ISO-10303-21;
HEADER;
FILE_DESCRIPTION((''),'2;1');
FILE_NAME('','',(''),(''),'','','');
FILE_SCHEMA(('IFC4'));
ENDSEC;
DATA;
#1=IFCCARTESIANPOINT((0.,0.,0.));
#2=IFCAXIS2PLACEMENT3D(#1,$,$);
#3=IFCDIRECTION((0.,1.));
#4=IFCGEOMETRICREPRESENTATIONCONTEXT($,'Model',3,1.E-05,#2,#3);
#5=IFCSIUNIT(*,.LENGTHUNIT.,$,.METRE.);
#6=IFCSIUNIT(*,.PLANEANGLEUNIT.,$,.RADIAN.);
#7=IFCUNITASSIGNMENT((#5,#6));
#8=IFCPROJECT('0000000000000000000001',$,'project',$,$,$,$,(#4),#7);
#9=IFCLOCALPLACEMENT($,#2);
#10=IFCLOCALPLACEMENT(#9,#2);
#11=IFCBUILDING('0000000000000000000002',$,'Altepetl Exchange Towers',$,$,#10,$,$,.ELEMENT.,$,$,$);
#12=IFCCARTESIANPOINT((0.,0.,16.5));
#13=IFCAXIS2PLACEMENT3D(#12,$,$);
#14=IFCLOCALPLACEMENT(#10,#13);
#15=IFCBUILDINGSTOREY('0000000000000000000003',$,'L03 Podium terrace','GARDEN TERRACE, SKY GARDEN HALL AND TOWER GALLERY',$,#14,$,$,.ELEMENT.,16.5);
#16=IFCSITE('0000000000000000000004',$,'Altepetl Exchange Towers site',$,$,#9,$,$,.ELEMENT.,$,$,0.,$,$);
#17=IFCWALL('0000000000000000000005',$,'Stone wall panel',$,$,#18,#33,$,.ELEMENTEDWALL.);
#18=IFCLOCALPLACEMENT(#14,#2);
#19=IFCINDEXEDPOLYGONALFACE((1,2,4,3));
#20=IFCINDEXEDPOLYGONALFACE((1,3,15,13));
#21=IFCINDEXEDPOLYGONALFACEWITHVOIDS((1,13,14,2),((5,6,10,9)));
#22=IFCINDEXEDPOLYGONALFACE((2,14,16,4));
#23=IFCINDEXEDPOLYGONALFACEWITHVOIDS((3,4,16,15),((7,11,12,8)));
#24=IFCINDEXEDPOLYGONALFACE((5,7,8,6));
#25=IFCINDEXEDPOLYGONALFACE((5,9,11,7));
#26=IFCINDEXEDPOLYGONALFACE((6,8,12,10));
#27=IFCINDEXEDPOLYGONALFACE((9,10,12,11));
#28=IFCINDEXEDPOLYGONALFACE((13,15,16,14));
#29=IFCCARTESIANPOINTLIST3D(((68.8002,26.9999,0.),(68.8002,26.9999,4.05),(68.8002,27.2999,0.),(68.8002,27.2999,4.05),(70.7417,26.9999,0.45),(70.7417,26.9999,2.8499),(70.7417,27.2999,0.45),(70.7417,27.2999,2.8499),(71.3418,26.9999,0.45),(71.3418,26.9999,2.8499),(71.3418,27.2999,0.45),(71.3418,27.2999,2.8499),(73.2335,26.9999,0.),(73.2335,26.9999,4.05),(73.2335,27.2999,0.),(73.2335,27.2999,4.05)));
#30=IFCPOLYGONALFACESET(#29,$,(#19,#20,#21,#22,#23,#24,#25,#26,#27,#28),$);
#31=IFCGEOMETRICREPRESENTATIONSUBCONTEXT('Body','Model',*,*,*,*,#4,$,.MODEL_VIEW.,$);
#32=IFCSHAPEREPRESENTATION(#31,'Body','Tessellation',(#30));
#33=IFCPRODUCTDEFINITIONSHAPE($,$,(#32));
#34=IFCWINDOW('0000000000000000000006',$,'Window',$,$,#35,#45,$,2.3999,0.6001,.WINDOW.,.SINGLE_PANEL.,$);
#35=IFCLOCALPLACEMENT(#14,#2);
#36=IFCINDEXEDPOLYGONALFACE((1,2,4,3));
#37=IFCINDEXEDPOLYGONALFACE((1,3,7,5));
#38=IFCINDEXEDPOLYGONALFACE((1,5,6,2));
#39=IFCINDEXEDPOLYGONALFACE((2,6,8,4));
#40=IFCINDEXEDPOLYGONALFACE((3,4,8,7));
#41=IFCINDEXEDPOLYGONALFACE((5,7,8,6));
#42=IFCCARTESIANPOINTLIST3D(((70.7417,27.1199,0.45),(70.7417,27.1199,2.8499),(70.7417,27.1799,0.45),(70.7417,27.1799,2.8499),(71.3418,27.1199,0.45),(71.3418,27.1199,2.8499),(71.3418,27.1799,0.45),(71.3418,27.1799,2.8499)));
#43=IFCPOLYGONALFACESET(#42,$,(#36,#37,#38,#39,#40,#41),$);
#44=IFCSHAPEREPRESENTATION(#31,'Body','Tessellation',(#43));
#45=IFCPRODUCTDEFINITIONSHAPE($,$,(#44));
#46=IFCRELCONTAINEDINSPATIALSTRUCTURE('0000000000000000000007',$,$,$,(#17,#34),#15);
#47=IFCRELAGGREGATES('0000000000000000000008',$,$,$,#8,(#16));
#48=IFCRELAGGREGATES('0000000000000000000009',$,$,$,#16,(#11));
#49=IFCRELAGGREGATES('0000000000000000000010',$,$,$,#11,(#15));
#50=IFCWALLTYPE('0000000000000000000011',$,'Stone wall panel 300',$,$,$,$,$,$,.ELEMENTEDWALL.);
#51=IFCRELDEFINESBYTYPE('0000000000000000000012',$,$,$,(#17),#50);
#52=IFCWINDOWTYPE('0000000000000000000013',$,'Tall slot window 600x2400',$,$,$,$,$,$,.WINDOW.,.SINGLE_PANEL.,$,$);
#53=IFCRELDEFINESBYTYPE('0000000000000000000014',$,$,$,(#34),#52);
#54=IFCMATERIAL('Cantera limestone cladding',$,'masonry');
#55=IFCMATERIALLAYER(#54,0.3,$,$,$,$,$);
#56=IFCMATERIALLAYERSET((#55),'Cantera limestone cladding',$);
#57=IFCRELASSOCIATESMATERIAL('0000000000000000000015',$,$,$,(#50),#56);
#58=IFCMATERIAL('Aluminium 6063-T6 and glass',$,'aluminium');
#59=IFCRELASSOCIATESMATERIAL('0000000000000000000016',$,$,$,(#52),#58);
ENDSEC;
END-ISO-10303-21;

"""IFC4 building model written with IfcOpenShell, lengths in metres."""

from ifc_helpers import new_model, si_unit, direction, frame, frame_2d, origin, place, context, subcontext, project, spatial, rectangle, extrude, material, layer, layer_set, type_object, element, fill, save


model = new_model("IFC4")

# Units and contexts
model_context = context("Model", 3, precision=1e-05, world=origin(), true_north=direction((0.0, 1.0)))
body_context = subcontext(model_context, "Body", "Model", "MODEL_VIEW")
ifc_project = project(units=[si_unit("LENGTHUNIT", "METRE"), si_unit("PLANEANGLEUNIT", "RADIAN")], contexts=[model_context])

# Site, building, storey
site_placement = place(None, origin())
site = spatial("IfcSite", under=ifc_project, at=site_placement, Name="Altepetl Exchange Towers site", CompositionType="ELEMENT", RefElevation=0.0)
building_placement = place(site_placement, origin())
building = spatial("IfcBuilding", under=site, at=building_placement, Name="Altepetl Exchange Towers", CompositionType="ELEMENT")
storey_placement = place(building_placement, frame((0.0, 0.0, 16.5)))
storey = spatial("IfcBuildingStorey", under=building, at=storey_placement, Name="L03 Podium terrace", Description="GARDEN TERRACE, SKY GARDEN HALL AND TOWER GALLERY", CompositionType="ELEMENT", Elevation=16.5)

# Shared definitions
ifc_material_1 = material(Name="Aluminium 6063-T6 and glass", Category="aluminium")

# Wall, opening, window
ifc_material_2 = material(Name="Cantera limestone cladding", Category="masonry")
ifc_layer_1 = layer(ifc_material_2, 0.3)
ifc_layer_set_1 = layer_set([ifc_layer_1], Name="Cantera limestone cladding")
wall_type_1 = type_object("IfcWallType", Name="Stone wall panel 300", PredefinedType="ELEMENTEDWALL", material=ifc_layer_set_1)
wall_1_placement = place(storey_placement, frame((68.8, 27.1499, 0.0)))
wall_1 = element("IfcWall", 1, at=wall_1_placement, inside=storey, type_object=wall_type_1, Name="Stone wall panel", PredefinedType="ELEMENTEDWALL", context=body_context, shape_type="SweptSolid", body=[
    extrude(rectangle(XDim=4.4333, YDim=0.3, at=frame_2d((2.2168, 0.0))), origin(), (0.0, 0.0, 1.0), 4.05),
])
opening_1_placement = place(wall_1_placement, frame((1.9417, 0.0, 0.45)))
opening_1 = element("IfcOpeningElement", 2, at=opening_1_placement, cuts=wall_1, PredefinedType="OPENING", context=body_context, shape_type="SweptSolid", body=[
    extrude(rectangle(XDim=0.6001, YDim=2.3999, at=frame_2d((0.3, 1.2))), frame((0.0, 0.1602, 0.0), z_axis=(0.0, -1.0, 0.0), x_axis=(1.0, 0.0, 0.0)), (0.0, 0.0, 1.0), 0.3201),
])
window_type_1 = type_object("IfcWindowType", Name="Tall slot window 600x2400", PartitioningType="SINGLE_PANEL", PredefinedType="WINDOW", material=ifc_material_1)
window_1_placement = place(opening_1_placement, origin())
window_1 = element("IfcWindow", 3, at=window_1_placement, inside=storey, type_object=window_type_1, Name="Window", OverallHeight=2.3999, OverallWidth=0.6001, PartitioningType="SINGLE_PANEL", PredefinedType="WINDOW", context=body_context, shape_type="SweptSolid", body=[
    extrude(rectangle(XDim=0.6001, YDim=2.3999, at=frame_2d((0.3, 1.2))), frame((0.0, 0.03, 0.0), z_axis=(0.0, -1.0, 0.0), x_axis=(1.0, 0.0, 0.0)), (0.0, 0.0, 1.0), 0.0601),
])
fill(opening_1, window_1)

save(model, "model.ifc")
